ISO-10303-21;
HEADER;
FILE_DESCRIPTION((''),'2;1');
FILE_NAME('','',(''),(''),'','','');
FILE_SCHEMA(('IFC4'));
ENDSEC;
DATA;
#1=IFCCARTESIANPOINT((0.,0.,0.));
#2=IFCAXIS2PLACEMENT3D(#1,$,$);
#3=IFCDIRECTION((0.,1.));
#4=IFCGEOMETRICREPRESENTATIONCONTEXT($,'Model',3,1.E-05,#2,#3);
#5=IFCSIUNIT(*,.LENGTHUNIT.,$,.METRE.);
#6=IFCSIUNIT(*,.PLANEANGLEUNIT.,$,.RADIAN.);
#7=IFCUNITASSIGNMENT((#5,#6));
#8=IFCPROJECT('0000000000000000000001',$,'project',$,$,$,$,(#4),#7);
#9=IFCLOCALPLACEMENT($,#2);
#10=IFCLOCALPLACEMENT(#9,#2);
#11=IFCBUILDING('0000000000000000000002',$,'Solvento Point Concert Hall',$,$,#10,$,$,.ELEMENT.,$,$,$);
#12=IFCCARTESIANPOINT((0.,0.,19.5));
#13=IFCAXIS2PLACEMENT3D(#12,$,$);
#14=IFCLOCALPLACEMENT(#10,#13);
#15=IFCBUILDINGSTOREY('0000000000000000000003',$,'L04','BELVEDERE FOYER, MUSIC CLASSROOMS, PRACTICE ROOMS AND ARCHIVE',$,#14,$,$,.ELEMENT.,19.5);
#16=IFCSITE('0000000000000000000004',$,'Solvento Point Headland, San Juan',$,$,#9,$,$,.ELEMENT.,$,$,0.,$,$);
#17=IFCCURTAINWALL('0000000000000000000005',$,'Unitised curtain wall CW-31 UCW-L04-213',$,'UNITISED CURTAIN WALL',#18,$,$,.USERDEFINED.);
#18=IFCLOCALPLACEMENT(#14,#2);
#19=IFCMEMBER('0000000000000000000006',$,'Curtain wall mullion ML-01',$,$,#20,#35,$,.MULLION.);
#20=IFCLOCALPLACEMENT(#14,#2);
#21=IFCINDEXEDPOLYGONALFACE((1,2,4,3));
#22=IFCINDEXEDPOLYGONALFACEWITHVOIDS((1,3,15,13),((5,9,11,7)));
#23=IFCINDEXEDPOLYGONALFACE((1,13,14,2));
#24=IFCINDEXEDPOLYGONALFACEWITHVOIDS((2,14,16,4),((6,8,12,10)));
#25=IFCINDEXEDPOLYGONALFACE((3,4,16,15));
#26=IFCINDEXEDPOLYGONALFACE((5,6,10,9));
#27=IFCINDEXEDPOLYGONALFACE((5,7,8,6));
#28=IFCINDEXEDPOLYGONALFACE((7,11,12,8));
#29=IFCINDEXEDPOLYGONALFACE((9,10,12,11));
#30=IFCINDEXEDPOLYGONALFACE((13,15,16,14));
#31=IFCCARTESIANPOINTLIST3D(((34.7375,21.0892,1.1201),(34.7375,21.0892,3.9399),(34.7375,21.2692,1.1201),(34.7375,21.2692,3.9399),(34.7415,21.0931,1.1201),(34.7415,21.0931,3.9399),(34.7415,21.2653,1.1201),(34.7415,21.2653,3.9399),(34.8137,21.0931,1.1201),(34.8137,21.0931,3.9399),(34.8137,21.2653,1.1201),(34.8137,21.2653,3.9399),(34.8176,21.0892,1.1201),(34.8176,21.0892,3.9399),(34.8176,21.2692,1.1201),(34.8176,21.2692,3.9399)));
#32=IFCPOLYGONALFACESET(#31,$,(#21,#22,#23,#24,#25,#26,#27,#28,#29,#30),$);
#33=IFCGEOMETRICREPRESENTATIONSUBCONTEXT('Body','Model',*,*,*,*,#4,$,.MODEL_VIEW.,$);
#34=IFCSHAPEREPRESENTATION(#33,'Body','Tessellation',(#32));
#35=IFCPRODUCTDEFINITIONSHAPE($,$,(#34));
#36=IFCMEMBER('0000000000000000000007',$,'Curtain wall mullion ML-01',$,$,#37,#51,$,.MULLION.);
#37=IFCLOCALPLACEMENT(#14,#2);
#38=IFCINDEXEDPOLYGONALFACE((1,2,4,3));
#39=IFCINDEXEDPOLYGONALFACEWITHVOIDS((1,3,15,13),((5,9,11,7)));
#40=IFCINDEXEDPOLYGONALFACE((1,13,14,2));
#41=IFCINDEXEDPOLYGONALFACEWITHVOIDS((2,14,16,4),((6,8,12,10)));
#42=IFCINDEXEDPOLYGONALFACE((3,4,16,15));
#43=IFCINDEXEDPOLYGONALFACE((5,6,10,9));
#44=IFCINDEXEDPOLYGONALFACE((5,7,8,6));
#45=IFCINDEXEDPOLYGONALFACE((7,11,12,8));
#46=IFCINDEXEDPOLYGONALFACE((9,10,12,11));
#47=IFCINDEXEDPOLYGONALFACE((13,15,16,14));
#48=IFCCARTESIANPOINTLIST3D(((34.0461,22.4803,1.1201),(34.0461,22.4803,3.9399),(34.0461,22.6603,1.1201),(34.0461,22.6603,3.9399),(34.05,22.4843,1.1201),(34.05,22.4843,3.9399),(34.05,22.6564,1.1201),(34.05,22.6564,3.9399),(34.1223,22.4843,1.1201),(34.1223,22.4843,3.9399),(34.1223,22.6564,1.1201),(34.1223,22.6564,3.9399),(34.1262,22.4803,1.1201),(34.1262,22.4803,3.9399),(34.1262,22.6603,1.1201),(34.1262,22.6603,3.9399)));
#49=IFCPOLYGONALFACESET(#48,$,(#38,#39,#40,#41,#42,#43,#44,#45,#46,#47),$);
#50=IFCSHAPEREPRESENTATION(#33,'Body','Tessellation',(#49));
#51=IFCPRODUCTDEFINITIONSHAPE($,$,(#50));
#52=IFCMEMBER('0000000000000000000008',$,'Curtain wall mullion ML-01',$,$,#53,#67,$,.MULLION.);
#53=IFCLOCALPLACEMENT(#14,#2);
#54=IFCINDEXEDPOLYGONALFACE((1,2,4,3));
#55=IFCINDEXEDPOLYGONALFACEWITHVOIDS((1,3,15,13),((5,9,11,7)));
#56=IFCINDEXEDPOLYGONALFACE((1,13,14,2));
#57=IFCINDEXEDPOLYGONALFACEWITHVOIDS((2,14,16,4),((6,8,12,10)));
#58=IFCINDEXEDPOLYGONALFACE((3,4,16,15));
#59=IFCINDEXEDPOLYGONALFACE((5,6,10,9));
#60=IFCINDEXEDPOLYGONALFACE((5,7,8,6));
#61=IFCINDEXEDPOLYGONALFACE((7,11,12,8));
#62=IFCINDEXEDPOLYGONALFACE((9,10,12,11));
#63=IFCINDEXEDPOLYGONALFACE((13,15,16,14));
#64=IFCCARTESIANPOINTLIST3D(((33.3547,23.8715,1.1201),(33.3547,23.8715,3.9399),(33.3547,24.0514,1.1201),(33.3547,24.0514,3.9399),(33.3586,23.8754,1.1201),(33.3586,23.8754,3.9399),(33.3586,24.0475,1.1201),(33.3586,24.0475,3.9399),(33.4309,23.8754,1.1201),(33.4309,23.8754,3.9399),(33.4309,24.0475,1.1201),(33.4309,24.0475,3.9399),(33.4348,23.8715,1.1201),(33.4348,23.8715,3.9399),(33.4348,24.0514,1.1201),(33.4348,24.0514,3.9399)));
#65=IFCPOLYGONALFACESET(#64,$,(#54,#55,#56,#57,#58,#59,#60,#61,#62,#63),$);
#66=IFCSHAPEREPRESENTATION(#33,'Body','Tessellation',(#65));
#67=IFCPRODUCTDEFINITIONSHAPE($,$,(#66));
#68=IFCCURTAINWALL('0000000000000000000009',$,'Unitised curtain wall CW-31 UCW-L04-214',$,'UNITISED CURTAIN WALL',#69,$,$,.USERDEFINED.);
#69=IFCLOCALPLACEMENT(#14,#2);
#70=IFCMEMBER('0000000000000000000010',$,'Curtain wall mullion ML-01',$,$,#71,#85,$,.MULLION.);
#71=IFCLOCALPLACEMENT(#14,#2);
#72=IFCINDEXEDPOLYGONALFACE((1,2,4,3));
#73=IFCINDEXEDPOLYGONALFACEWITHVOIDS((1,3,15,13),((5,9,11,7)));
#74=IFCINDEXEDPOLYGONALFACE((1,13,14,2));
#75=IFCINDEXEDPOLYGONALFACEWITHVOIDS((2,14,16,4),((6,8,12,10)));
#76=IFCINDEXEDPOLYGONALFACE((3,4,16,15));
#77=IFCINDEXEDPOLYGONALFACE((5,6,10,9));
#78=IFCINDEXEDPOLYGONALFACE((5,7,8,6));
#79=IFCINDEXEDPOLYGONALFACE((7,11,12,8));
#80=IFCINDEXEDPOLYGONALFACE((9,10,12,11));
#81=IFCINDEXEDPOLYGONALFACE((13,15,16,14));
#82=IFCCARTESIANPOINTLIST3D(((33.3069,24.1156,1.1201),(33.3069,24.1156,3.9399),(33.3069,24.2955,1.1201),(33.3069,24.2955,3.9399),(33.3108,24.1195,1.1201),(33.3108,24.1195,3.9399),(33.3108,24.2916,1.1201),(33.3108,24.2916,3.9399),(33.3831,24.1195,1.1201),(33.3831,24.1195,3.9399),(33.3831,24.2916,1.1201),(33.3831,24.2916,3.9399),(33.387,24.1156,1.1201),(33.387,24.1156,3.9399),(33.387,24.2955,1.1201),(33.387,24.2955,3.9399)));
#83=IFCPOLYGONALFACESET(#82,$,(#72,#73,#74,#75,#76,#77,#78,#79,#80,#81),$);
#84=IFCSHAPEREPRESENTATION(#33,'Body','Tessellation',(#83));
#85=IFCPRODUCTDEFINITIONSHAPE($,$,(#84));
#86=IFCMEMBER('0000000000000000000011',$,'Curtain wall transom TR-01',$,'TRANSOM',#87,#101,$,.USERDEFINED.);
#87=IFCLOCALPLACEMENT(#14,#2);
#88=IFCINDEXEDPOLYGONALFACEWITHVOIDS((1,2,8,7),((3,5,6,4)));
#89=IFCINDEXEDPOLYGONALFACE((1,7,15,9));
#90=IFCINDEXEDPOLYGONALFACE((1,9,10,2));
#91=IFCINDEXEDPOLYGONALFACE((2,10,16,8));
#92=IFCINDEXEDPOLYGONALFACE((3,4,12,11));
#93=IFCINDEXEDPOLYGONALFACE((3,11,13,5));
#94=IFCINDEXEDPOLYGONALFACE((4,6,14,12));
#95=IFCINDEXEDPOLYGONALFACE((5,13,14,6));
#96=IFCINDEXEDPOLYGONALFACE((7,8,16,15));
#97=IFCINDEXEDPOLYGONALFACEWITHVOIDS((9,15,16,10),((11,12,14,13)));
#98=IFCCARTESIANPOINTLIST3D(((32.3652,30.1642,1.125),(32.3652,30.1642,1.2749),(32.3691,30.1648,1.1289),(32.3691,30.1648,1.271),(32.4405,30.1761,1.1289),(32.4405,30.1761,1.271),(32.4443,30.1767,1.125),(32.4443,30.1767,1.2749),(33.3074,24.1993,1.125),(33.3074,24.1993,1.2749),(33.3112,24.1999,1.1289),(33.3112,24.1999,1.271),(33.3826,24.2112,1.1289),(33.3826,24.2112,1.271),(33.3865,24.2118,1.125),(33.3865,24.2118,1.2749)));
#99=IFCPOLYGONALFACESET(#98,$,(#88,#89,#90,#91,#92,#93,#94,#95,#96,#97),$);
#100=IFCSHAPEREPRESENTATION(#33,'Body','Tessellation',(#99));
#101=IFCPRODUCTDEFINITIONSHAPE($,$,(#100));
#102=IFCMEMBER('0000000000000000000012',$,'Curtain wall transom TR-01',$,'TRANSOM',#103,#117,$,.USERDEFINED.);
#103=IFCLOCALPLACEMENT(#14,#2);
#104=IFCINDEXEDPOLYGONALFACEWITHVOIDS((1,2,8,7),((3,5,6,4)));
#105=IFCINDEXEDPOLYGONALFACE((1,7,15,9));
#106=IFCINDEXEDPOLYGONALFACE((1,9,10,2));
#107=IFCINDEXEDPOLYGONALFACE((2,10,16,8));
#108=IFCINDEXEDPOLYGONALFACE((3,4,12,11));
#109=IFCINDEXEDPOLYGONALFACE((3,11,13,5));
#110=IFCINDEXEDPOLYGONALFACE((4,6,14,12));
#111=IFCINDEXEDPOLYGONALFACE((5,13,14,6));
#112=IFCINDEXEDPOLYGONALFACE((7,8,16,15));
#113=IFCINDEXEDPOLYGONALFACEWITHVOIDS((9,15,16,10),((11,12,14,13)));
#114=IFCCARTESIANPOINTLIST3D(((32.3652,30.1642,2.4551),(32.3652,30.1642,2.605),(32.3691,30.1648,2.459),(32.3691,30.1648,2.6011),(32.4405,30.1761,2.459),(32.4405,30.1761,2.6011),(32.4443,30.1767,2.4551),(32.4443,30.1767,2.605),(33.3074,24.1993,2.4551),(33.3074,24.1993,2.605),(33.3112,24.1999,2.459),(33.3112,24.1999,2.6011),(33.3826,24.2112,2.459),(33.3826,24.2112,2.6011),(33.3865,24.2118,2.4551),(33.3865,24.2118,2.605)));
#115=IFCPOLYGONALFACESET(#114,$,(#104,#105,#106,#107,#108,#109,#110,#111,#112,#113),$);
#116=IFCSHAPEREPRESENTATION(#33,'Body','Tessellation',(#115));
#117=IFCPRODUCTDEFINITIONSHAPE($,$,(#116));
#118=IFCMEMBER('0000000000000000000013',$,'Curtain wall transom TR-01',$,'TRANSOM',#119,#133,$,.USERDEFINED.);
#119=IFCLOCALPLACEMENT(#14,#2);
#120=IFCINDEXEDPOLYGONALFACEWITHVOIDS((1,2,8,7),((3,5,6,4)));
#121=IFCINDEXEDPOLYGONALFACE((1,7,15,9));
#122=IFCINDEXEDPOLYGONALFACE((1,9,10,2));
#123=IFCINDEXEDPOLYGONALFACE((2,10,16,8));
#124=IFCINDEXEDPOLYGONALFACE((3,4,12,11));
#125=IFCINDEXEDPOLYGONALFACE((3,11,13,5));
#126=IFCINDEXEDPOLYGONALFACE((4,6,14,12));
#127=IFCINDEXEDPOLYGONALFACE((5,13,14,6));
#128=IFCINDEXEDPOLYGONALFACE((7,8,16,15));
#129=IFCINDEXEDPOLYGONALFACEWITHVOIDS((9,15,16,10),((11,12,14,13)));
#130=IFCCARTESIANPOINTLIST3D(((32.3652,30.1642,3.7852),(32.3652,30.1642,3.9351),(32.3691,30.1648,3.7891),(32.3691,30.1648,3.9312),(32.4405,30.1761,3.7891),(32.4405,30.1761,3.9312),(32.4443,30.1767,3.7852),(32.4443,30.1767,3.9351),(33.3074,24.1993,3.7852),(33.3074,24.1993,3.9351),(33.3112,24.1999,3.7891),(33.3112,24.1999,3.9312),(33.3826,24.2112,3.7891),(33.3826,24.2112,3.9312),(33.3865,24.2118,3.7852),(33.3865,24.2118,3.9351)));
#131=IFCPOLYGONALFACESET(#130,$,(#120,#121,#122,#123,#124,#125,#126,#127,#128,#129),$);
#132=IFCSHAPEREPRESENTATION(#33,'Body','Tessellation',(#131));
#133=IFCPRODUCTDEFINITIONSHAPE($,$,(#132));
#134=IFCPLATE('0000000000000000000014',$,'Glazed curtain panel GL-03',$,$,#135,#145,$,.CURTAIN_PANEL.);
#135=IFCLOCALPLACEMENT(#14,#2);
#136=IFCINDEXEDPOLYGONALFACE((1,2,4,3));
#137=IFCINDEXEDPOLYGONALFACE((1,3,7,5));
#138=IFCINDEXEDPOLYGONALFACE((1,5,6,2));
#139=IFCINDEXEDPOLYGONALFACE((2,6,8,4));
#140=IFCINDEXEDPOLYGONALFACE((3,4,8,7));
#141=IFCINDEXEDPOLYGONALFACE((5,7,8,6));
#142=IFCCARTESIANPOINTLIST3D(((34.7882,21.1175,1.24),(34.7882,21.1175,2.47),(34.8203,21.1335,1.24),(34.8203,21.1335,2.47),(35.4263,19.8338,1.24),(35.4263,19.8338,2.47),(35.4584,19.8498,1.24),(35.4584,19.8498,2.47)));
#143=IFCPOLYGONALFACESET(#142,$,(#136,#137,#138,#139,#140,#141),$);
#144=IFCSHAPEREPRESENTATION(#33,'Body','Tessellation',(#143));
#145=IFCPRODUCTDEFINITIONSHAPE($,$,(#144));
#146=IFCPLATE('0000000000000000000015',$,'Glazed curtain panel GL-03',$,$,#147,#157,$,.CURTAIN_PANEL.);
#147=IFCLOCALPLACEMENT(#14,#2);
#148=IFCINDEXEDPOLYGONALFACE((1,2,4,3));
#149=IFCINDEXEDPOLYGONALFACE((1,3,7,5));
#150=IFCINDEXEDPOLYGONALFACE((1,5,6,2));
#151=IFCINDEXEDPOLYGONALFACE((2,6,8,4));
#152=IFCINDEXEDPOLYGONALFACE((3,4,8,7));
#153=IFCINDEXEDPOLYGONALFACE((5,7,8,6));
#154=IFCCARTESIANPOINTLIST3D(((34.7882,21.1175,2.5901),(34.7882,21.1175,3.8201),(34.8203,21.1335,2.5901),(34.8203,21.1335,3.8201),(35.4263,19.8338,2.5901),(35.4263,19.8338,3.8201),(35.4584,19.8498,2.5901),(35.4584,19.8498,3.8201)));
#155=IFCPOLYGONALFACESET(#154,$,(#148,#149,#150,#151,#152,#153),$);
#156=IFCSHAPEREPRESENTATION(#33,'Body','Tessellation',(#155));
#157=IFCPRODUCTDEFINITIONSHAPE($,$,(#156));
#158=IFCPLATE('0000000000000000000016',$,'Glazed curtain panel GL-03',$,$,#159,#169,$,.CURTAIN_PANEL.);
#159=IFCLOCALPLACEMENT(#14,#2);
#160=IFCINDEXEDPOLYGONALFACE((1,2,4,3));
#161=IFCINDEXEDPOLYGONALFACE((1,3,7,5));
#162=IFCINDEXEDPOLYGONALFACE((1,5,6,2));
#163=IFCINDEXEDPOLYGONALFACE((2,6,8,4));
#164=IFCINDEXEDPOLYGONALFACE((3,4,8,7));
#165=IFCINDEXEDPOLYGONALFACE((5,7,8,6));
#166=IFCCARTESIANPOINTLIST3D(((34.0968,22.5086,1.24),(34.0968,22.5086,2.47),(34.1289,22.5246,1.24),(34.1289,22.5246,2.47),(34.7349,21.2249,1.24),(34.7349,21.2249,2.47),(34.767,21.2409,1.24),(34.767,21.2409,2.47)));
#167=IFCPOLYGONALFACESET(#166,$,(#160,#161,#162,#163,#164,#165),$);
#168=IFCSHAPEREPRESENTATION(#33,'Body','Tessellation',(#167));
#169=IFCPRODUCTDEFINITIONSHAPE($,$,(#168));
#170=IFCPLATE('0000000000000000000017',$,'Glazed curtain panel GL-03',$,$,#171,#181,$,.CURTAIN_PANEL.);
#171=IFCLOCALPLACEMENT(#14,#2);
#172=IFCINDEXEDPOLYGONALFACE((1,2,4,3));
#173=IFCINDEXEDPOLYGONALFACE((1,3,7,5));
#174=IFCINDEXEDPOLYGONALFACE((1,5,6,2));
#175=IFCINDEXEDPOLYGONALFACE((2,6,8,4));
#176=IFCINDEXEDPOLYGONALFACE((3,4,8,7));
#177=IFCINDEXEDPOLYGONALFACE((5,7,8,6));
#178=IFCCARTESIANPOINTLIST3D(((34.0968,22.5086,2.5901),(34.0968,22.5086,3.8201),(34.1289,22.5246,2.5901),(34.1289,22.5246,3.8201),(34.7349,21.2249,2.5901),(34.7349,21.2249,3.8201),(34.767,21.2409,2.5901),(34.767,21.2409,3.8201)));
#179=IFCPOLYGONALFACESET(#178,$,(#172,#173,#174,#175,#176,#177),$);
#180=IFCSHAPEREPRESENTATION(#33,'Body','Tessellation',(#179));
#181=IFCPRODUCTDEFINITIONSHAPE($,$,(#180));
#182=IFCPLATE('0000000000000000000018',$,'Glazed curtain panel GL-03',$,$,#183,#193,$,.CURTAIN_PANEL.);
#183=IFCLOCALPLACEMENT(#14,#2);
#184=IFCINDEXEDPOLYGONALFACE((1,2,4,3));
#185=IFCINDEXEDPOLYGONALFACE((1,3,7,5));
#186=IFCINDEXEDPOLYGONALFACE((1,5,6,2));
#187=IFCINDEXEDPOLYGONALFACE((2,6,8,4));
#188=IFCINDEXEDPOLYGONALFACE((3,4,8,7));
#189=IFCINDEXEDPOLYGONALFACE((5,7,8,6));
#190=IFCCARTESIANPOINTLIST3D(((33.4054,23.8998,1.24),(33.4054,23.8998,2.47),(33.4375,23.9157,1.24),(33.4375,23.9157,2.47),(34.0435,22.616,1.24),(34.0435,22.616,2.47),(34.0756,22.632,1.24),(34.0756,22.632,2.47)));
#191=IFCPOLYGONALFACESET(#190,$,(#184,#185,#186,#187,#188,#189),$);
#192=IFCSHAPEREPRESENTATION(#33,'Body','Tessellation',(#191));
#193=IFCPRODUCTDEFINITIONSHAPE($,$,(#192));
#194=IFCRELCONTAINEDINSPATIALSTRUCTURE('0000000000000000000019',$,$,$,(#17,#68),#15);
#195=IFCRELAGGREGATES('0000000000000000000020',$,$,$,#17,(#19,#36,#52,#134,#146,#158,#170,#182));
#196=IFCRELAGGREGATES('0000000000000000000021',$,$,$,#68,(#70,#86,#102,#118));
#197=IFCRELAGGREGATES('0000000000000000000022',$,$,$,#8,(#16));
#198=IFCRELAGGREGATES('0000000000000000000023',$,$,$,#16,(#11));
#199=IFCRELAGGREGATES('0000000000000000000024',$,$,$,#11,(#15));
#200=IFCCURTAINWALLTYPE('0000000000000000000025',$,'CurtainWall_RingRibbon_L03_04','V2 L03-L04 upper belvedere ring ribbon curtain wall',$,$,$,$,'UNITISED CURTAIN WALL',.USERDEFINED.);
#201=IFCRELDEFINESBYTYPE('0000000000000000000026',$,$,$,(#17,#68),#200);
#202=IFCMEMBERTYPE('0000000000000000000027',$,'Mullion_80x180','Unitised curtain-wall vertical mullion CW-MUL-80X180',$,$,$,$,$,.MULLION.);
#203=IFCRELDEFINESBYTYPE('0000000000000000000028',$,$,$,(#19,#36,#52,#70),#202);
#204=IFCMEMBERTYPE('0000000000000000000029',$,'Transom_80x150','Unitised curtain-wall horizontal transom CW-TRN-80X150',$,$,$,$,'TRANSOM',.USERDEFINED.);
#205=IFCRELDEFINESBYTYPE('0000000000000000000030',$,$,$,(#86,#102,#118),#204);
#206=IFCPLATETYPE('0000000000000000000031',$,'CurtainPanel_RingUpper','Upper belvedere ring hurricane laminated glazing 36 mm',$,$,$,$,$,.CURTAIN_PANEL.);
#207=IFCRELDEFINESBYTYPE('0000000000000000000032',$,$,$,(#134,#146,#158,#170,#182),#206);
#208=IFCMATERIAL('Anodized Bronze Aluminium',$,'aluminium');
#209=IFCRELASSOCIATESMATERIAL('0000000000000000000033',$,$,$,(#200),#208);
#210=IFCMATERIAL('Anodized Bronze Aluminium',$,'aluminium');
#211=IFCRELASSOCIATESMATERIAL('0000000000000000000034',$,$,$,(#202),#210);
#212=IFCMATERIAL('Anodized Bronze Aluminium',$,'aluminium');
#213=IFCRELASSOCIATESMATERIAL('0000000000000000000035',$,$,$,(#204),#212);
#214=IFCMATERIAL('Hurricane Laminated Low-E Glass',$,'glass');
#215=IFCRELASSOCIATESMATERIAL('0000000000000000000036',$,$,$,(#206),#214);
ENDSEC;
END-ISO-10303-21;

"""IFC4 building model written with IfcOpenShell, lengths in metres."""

from ifc_helpers import new_model, si_unit, direction, frame, origin, origin_2d, place, context, subcontext, project, spatial, rectangle, hollow_rectangle, extrude, material, material_profile, profile_set, type_object, element, aggregate, save


model = new_model("IFC4")

# Units and contexts
model_context = context("Model", 3, precision=1e-05, world=origin(), true_north=direction((0.0, 1.0)))
body_context = subcontext(model_context, "Body", "Model", "MODEL_VIEW")
ifc_project = project(units=[si_unit("LENGTHUNIT", "METRE"), si_unit("PLANEANGLEUNIT", "RADIAN")], contexts=[model_context])

# Site, building, storey
site_placement = place(None, origin())
site = spatial("IfcSite", under=ifc_project, at=site_placement, Name="Solvento Point Headland, San Juan", CompositionType="ELEMENT", RefElevation=0.0)
building_placement = place(site_placement, origin())
building = spatial("IfcBuilding", under=site, at=building_placement, Name="Solvento Point Concert Hall", CompositionType="ELEMENT")
storey_placement = place(building_placement, frame((0.0, 0.0, 19.5)))
storey = spatial("IfcBuildingStorey", under=building, at=storey_placement, Name="L04", Description="BELVEDERE FOYER, MUSIC CLASSROOMS, PRACTICE ROOMS AND ARCHIVE", CompositionType="ELEMENT", Elevation=19.5)

# Curtain walls, members
ifc_material_1 = material(Name="Anodized Bronze Aluminium", Category="aluminium")
curtain_wall_type = type_object("IfcCurtainWallType", Name="CurtainWall_RingRibbon_L03_04", Description="V2 L03-L04 upper belvedere ring ribbon curtain wall", ElementType="UNITISED CURTAIN WALL", PredefinedType="USERDEFINED", material=ifc_material_1)
curtain_wall_1_placement = place(storey_placement, origin())
curtain_wall_1 = element("IfcCurtainWall", 1, at=curtain_wall_1_placement, inside=storey, type_object=curtain_wall_type, Name="Unitised curtain wall CW-31 UCW-L04-213", ObjectType="UNITISED CURTAIN WALL", PredefinedType="USERDEFINED")
ifc_material_2 = material(Name="Anodized Bronze Aluminium", Category="aluminium")
ifc_material_profile_1 = material_profile(ifc_material_2, hollow_rectangle(XDim=0.0801, YDim=0.1799, WallThickness=0.0039, at=origin_2d()), Name="CW-MUL-80X180")
ifc_profile_set_1 = profile_set([ifc_material_profile_1], Name="Anodized Bronze Aluminium")
member_type_1 = type_object("IfcMemberType", Name="Mullion_80x180", Description="Unitised curtain-wall vertical mullion CW-MUL-80X180", PredefinedType="MULLION", material=ifc_profile_set_1)
member_1_placement = place(storey_placement, frame((34.7776, 21.1792, 1.1201), z_axis=(0.0, 0.0, 1.0), x_axis=(1.0, 0.0, 0.0)))
member_1 = element("IfcMember", 2, at=member_1_placement, type_object=member_type_1, Name="Curtain wall mullion ML-01", PredefinedType="MULLION", context=body_context, shape_type="SweptSolid", body=[
    extrude(hollow_rectangle(XDim=0.0801, YDim=0.1799, WallThickness=0.0039, at=origin_2d()), origin(), (0.0, 0.0, 1.0), 2.8198),
])
member_2_placement = place(storey_placement, frame((34.0862, 22.5703, 1.1201), z_axis=(0.0, 0.0, 1.0), x_axis=(1.0, 0.0, 0.0)))
member_2 = element("IfcMember", 3, at=member_2_placement, type_object=member_type_1, Name="Curtain wall mullion ML-01", PredefinedType="MULLION", context=body_context, shape_type="SweptSolid", body=[
    extrude(hollow_rectangle(XDim=0.0801, YDim=0.1799, WallThickness=0.0039, at=origin_2d()), origin(), (0.0, 0.0, 1.0), 2.8198),
])
member_3_placement = place(storey_placement, frame((33.3948, 23.9614, 1.1201), z_axis=(0.0, 0.0, 1.0), x_axis=(1.0, 0.0, 0.0)))
member_3 = element("IfcMember", 4, at=member_3_placement, type_object=member_type_1, Name="Curtain wall mullion ML-01", PredefinedType="MULLION", context=body_context, shape_type="SweptSolid", body=[
    extrude(hollow_rectangle(XDim=0.0801, YDim=0.1799, WallThickness=0.0039, at=origin_2d()), origin(), (0.0, 0.0, 1.0), 2.8198),
])
curtain_wall_2_placement = place(storey_placement, origin())
curtain_wall_2 = element("IfcCurtainWall", 5, at=curtain_wall_2_placement, inside=storey, type_object=curtain_wall_type, Name="Unitised curtain wall CW-31 UCW-L04-214", ObjectType="UNITISED CURTAIN WALL", PredefinedType="USERDEFINED")
member_4_placement = place(storey_placement, frame((33.3469, 24.2056, 1.1201), z_axis=(0.0, 0.0, 1.0), x_axis=(1.0, 0.0, 0.0)))
member_4 = element("IfcMember", 6, at=member_4_placement, type_object=member_type_1, Name="Curtain wall mullion ML-01", PredefinedType="MULLION", context=body_context, shape_type="SweptSolid", body=[
    extrude(hollow_rectangle(XDim=0.0801, YDim=0.1799, WallThickness=0.0039, at=origin_2d()), origin(), (0.0, 0.0, 1.0), 2.8198),
])
ifc_material_3 = material(Name="Anodized Bronze Aluminium", Category="aluminium")
ifc_material_profile_2 = material_profile(ifc_material_3, hollow_rectangle(XDim=0.0801, YDim=0.1499, WallThickness=0.0039, at=origin_2d()), Name="CW-TRN-80X150")
ifc_profile_set_2 = profile_set([ifc_material_profile_2], Name="Anodized Bronze Aluminium")
member_type_2 = type_object("IfcMemberType", Name="Transom_80x150", Description="Unitised curtain-wall horizontal transom CW-TRN-80X150", ElementType="TRANSOM", PredefinedType="USERDEFINED", material=ifc_profile_set_2)
member_5_placement = place(storey_placement, frame((33.3469, 24.2056, 1.2), z_axis=(-0.156014, 0.987755, 0.0), x_axis=(-0.987755, -0.156014, 0.0)))
member_5 = element("IfcMember", 7, at=member_5_placement, type_object=member_type_2, Name="Curtain wall transom TR-01", ObjectType="TRANSOM", PredefinedType="USERDEFINED", context=body_context, shape_type="SweptSolid", body=[
    extrude(hollow_rectangle(XDim=0.0801, YDim=0.1499, WallThickness=0.0039, at=origin_2d()), origin(), (0.0, 0.0, 1.0), 6.0388),
])
member_6_placement = place(storey_placement, frame((33.3469, 24.2056, 2.53), z_axis=(-0.156014, 0.987755, 0.0), x_axis=(-0.987755, -0.156014, 0.0)))
member_6 = element("IfcMember", 8, at=member_6_placement, type_object=member_type_2, Name="Curtain wall transom TR-01", ObjectType="TRANSOM", PredefinedType="USERDEFINED", context=body_context, shape_type="SweptSolid", body=[
    extrude(hollow_rectangle(XDim=0.0801, YDim=0.1499, WallThickness=0.0039, at=origin_2d()), origin(), (0.0, 0.0, 1.0), 6.0388),
])
member_7_placement = place(storey_placement, frame((33.3469, 24.2056, 3.8601), z_axis=(-0.156014, 0.987755, 0.0), x_axis=(-0.987755, -0.156014, 0.0)))
member_7 = element("IfcMember", 9, at=member_7_placement, type_object=member_type_2, Name="Curtain wall transom TR-01", ObjectType="TRANSOM", PredefinedType="USERDEFINED", context=body_context, shape_type="SweptSolid", body=[
    extrude(hollow_rectangle(XDim=0.0801, YDim=0.1499, WallThickness=0.0039, at=origin_2d()), origin(), (0.0, 0.0, 1.0), 6.0388),
])

# Plates
ifc_material_4 = material(Name="Hurricane Laminated Low-E Glass", Category="glass")
plate_type = type_object("IfcPlateType", Name="CurtainPanel_RingUpper", Description="Upper belvedere ring hurricane laminated glazing 36 mm", PredefinedType="CURTAIN_PANEL", material=ifc_material_4)
plate_1_placement = place(storey_placement, frame((35.1233, 20.4836, 1.24), z_axis=(0.0, 0.0, 1.0), x_axis=(-0.445115, 0.895473, 0.0)))
plate_1 = element("IfcPlate", 10, at=plate_1_placement, type_object=plate_type, Name="Glazed curtain panel GL-03", PredefinedType="CURTAIN_PANEL", context=body_context, shape_type="SweptSolid", body=[
    extrude(rectangle(XDim=1.4336, YDim=0.0359, at=origin_2d()), origin(), (0.0, 0.0, 1.0), 1.23),
])
plate_2_placement = place(storey_placement, frame((35.1233, 20.4836, 2.5901), z_axis=(0.0, 0.0, 1.0), x_axis=(-0.445115, 0.895473, 0.0)))
plate_2 = element("IfcPlate", 11, at=plate_2_placement, type_object=plate_type, Name="Glazed curtain panel GL-03", PredefinedType="CURTAIN_PANEL", context=body_context, shape_type="SweptSolid", body=[
    extrude(rectangle(XDim=1.4336, YDim=0.0359, at=origin_2d()), origin(), (0.0, 0.0, 1.0), 1.23),
])
plate_3_placement = place(storey_placement, frame((34.4319, 21.8748, 1.24), z_axis=(0.0, 0.0, 1.0), x_axis=(-0.445115, 0.895473, 0.0)))
plate_3 = element("IfcPlate", 12, at=plate_3_placement, type_object=plate_type, Name="Glazed curtain panel GL-03", PredefinedType="CURTAIN_PANEL", context=body_context, shape_type="SweptSolid", body=[
    extrude(rectangle(XDim=1.4336, YDim=0.0359, at=origin_2d()), origin(), (0.0, 0.0, 1.0), 1.23),
])
plate_4_placement = place(storey_placement, frame((34.4319, 21.8748, 2.5901), z_axis=(0.0, 0.0, 1.0), x_axis=(-0.445115, 0.895473, 0.0)))
plate_4 = element("IfcPlate", 13, at=plate_4_placement, type_object=plate_type, Name="Glazed curtain panel GL-03", PredefinedType="CURTAIN_PANEL", context=body_context, shape_type="SweptSolid", body=[
    extrude(rectangle(XDim=1.4336, YDim=0.0359, at=origin_2d()), origin(), (0.0, 0.0, 1.0), 1.23),
])
plate_5_placement = place(storey_placement, frame((33.7405, 23.2659, 1.24), z_axis=(0.0, 0.0, 1.0), x_axis=(-0.445115, 0.895473, 0.0)))
plate_5 = element("IfcPlate", 14, at=plate_5_placement, type_object=plate_type, Name="Glazed curtain panel GL-03", PredefinedType="CURTAIN_PANEL", context=body_context, shape_type="SweptSolid", body=[
    extrude(rectangle(XDim=1.4336, YDim=0.0359, at=origin_2d()), origin(), (0.0, 0.0, 1.0), 1.23),
])
aggregate(curtain_wall_1, [member_1, member_2, member_3, plate_1, plate_2, plate_3, plate_4, plate_5])
aggregate(curtain_wall_2, [member_4, member_5, member_6, member_7])

save(model, "model.ifc")
